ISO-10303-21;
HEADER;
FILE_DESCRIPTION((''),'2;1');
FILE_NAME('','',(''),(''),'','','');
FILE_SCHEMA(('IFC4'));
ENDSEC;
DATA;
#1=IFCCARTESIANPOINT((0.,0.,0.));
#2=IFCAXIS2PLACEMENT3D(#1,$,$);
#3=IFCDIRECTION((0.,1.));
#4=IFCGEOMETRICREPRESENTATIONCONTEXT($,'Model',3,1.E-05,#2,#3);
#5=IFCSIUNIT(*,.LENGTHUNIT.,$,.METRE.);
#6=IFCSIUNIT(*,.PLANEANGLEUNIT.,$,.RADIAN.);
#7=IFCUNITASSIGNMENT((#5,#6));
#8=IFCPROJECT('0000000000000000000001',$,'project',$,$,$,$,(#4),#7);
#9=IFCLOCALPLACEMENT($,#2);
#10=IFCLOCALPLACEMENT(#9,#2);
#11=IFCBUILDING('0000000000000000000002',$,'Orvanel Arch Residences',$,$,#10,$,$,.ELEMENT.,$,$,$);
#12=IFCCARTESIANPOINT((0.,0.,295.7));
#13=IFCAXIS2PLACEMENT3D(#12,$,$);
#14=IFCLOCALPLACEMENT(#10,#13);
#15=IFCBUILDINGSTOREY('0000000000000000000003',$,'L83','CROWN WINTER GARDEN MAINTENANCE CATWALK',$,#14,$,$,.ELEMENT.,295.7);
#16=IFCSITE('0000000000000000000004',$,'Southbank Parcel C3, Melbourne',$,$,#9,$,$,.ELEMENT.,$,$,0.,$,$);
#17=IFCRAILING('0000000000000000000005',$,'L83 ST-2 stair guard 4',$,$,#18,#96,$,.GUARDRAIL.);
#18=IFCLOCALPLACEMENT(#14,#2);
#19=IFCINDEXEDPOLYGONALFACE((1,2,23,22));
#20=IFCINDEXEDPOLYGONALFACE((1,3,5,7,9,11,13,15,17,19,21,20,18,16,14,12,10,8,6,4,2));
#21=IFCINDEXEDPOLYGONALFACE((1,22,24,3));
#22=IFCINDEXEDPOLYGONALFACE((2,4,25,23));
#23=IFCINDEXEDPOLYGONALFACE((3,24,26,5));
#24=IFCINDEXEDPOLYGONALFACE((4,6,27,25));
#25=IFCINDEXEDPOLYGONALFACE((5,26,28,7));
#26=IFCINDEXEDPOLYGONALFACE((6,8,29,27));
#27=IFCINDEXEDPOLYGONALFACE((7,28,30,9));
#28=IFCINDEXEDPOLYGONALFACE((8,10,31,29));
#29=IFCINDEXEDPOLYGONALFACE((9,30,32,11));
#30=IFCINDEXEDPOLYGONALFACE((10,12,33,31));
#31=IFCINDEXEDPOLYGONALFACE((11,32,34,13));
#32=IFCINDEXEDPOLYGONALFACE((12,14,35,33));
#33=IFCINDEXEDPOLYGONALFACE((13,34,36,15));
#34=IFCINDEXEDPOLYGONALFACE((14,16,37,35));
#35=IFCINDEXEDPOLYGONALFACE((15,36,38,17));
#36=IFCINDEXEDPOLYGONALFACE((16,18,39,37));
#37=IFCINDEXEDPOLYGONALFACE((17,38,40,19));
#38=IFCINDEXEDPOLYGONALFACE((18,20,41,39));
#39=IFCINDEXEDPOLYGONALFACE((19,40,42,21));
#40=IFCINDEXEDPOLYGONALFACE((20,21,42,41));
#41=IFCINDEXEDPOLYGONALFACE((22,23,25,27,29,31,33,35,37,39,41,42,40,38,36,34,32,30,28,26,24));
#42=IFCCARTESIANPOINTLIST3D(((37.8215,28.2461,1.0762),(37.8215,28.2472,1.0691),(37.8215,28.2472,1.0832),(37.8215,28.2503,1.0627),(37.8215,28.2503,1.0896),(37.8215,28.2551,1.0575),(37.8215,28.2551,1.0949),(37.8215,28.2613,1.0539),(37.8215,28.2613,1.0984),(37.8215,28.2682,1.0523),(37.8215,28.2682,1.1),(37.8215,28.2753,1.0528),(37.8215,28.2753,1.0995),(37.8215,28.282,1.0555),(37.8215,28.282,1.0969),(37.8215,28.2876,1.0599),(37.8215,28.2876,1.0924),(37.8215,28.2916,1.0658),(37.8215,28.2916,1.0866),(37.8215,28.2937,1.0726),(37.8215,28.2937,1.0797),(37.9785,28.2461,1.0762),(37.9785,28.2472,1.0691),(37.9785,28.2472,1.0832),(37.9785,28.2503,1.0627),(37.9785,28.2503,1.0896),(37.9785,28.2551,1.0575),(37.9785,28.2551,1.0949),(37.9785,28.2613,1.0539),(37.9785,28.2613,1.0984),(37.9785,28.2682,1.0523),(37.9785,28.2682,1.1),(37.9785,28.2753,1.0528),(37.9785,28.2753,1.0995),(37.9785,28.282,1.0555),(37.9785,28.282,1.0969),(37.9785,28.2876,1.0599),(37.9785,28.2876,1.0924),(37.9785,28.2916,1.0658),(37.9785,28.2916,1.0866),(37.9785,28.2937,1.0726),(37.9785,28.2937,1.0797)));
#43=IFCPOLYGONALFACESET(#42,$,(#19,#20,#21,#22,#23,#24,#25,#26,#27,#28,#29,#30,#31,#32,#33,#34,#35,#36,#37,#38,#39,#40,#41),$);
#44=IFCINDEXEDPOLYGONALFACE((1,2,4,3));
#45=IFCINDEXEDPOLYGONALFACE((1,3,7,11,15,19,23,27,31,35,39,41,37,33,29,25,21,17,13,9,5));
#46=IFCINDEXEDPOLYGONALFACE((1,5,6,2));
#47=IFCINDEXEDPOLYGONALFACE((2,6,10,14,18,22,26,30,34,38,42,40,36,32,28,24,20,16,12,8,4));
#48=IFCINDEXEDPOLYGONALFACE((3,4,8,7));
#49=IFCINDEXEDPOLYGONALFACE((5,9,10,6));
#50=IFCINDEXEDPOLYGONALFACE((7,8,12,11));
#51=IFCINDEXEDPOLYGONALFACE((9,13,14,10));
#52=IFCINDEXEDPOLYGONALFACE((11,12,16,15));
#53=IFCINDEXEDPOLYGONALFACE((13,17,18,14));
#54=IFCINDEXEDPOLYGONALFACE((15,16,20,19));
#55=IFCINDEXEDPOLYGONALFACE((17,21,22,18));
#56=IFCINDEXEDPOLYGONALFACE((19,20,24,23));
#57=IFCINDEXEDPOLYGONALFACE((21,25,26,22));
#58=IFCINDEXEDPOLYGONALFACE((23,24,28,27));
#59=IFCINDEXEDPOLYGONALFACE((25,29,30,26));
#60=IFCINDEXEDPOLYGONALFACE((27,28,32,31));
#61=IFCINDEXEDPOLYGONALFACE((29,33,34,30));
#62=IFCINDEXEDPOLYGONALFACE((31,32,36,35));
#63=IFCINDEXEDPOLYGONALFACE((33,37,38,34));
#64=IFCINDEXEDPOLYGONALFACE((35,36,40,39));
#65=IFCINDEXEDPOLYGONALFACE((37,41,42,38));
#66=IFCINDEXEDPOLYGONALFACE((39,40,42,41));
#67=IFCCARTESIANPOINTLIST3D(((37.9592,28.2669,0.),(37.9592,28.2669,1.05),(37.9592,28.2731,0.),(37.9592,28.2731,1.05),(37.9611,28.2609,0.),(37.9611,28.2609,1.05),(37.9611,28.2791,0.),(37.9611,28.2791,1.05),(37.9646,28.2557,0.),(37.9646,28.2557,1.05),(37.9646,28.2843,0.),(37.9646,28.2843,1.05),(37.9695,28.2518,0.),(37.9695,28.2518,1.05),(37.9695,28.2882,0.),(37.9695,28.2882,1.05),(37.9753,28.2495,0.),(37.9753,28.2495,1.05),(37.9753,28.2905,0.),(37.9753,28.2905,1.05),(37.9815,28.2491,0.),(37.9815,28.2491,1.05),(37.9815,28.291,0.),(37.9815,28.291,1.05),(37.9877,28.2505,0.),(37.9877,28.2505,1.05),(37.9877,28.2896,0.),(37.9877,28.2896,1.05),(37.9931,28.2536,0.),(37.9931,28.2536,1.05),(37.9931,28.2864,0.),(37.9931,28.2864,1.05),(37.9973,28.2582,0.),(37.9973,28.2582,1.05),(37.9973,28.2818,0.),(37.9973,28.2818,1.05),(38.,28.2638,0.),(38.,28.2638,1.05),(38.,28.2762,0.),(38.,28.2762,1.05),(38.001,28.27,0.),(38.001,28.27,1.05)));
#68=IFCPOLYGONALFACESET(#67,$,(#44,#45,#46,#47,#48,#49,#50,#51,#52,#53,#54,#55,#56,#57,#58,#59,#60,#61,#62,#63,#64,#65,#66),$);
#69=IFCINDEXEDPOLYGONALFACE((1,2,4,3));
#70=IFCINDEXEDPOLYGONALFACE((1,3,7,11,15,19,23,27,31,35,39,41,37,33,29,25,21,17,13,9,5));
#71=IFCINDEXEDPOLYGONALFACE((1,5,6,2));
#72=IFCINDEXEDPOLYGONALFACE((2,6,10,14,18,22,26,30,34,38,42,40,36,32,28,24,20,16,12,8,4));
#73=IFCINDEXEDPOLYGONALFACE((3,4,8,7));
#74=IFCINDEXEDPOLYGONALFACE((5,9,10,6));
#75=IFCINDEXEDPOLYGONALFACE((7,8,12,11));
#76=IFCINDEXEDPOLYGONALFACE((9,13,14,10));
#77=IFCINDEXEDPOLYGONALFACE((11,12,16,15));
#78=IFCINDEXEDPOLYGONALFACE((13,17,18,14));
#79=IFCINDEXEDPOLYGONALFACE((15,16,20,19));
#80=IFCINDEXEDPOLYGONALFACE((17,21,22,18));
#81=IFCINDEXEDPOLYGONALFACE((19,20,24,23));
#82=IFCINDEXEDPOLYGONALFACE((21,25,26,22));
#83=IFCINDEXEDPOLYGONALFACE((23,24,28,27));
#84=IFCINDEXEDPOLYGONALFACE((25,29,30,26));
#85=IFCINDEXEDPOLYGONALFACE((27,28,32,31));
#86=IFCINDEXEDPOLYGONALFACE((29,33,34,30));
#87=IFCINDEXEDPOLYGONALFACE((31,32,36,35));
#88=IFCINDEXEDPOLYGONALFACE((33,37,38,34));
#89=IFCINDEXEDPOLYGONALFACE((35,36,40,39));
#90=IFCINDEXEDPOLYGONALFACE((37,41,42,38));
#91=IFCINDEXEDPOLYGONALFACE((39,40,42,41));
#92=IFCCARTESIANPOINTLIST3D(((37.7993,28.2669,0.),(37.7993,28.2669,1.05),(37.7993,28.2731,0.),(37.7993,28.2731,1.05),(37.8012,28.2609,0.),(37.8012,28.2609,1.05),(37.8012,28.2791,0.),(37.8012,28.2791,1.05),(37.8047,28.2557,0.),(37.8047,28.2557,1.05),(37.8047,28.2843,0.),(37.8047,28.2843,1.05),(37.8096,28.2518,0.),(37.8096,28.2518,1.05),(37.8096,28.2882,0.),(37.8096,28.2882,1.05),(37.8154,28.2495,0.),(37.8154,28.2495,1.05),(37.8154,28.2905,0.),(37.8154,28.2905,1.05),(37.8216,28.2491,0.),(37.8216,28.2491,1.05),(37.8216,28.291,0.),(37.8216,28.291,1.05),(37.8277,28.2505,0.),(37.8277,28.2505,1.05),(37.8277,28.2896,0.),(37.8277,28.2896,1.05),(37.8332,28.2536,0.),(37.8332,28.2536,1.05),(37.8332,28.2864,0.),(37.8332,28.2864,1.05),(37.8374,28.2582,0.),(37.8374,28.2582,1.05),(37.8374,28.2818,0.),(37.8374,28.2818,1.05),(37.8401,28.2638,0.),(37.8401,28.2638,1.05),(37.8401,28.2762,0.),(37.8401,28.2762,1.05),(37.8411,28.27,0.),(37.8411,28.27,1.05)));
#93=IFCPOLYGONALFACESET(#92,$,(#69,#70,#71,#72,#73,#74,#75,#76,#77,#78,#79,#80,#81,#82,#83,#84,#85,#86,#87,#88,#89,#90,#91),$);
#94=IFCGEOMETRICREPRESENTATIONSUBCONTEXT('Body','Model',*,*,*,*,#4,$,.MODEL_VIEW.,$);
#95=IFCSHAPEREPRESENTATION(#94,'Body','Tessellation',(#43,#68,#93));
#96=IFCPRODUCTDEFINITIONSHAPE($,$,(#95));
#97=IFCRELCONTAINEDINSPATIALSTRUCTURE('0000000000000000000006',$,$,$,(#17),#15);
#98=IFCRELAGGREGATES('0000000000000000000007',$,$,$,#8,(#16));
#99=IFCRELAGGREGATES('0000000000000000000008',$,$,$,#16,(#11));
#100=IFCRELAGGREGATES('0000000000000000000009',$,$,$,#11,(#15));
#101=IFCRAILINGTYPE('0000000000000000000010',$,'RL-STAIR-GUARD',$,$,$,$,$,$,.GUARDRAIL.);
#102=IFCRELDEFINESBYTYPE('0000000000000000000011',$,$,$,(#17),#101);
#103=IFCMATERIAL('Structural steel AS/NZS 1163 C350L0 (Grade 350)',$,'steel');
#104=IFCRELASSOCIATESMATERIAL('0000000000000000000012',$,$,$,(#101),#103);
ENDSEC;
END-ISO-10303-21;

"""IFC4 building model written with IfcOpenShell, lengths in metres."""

from ifc_helpers import new_model, si_unit, direction, frame, origin, origin_2d, place, context, subcontext, project, spatial, circle, extrude, material, type_object, element, save


model = new_model("IFC4")

# Units and contexts
model_context = context("Model", 3, precision=1e-05, world=origin(), true_north=direction((0.0, 1.0)))
body_context = subcontext(model_context, "Body", "Model", "MODEL_VIEW")
ifc_project = project(units=[si_unit("LENGTHUNIT", "METRE"), si_unit("PLANEANGLEUNIT", "RADIAN")], contexts=[model_context])

# Site, building, storey
site_placement = place(None, origin())
site = spatial("IfcSite", under=ifc_project, at=site_placement, Name="Southbank Parcel C3, Melbourne", CompositionType="ELEMENT", RefElevation=0.0)
building_placement = place(site_placement, origin())
building = spatial("IfcBuilding", under=site, at=building_placement, Name="Orvanel Arch Residences", CompositionType="ELEMENT")
storey_placement = place(building_placement, frame((0.0, 0.0, 295.7)))
storey = spatial("IfcBuildingStorey", under=building, at=storey_placement, Name="L83", Description="CROWN WINTER GARDEN MAINTENANCE CATWALK", CompositionType="ELEMENT", Elevation=295.7)

# Shared definitions
ifc_material_1 = material(Name="Structural steel AS/NZS 1163 C350L0 (Grade 350)", Category="steel")

# Railing
railing_type_1 = type_object("IfcRailingType", Name="RL-STAIR-GUARD", PredefinedType="GUARDRAIL", material=ifc_material_1)
railing_1_placement = place(storey_placement, frame((37.98, 28.27, 0.0)))
element("IfcRailing", 1, at=railing_1_placement, inside=storey, type_object=railing_type_1, Name="L83 ST-2 stair guard 4", PredefinedType="GUARDRAIL", context=body_context, shape_type="SweptSolid", body=[
    extrude(circle(Radius=0.0239, at=origin_2d()), frame((-0.0015, 0.0, 1.0762), z_axis=(-1.0, 0.0, 0.0), x_axis=(0.0, -1.0, 0.0)), (0.0, 0.0, 1.0), 0.157),
    extrude(circle(Radius=0.021, at=origin_2d()), origin(), (0.0, 0.0, 1.0), 1.05),
    extrude(circle(Radius=0.021, at=origin_2d()), frame((-0.1599, 0.0, 0.0)), (0.0, 0.0, 1.0), 1.05),
])

save(model, "model.ifc")
